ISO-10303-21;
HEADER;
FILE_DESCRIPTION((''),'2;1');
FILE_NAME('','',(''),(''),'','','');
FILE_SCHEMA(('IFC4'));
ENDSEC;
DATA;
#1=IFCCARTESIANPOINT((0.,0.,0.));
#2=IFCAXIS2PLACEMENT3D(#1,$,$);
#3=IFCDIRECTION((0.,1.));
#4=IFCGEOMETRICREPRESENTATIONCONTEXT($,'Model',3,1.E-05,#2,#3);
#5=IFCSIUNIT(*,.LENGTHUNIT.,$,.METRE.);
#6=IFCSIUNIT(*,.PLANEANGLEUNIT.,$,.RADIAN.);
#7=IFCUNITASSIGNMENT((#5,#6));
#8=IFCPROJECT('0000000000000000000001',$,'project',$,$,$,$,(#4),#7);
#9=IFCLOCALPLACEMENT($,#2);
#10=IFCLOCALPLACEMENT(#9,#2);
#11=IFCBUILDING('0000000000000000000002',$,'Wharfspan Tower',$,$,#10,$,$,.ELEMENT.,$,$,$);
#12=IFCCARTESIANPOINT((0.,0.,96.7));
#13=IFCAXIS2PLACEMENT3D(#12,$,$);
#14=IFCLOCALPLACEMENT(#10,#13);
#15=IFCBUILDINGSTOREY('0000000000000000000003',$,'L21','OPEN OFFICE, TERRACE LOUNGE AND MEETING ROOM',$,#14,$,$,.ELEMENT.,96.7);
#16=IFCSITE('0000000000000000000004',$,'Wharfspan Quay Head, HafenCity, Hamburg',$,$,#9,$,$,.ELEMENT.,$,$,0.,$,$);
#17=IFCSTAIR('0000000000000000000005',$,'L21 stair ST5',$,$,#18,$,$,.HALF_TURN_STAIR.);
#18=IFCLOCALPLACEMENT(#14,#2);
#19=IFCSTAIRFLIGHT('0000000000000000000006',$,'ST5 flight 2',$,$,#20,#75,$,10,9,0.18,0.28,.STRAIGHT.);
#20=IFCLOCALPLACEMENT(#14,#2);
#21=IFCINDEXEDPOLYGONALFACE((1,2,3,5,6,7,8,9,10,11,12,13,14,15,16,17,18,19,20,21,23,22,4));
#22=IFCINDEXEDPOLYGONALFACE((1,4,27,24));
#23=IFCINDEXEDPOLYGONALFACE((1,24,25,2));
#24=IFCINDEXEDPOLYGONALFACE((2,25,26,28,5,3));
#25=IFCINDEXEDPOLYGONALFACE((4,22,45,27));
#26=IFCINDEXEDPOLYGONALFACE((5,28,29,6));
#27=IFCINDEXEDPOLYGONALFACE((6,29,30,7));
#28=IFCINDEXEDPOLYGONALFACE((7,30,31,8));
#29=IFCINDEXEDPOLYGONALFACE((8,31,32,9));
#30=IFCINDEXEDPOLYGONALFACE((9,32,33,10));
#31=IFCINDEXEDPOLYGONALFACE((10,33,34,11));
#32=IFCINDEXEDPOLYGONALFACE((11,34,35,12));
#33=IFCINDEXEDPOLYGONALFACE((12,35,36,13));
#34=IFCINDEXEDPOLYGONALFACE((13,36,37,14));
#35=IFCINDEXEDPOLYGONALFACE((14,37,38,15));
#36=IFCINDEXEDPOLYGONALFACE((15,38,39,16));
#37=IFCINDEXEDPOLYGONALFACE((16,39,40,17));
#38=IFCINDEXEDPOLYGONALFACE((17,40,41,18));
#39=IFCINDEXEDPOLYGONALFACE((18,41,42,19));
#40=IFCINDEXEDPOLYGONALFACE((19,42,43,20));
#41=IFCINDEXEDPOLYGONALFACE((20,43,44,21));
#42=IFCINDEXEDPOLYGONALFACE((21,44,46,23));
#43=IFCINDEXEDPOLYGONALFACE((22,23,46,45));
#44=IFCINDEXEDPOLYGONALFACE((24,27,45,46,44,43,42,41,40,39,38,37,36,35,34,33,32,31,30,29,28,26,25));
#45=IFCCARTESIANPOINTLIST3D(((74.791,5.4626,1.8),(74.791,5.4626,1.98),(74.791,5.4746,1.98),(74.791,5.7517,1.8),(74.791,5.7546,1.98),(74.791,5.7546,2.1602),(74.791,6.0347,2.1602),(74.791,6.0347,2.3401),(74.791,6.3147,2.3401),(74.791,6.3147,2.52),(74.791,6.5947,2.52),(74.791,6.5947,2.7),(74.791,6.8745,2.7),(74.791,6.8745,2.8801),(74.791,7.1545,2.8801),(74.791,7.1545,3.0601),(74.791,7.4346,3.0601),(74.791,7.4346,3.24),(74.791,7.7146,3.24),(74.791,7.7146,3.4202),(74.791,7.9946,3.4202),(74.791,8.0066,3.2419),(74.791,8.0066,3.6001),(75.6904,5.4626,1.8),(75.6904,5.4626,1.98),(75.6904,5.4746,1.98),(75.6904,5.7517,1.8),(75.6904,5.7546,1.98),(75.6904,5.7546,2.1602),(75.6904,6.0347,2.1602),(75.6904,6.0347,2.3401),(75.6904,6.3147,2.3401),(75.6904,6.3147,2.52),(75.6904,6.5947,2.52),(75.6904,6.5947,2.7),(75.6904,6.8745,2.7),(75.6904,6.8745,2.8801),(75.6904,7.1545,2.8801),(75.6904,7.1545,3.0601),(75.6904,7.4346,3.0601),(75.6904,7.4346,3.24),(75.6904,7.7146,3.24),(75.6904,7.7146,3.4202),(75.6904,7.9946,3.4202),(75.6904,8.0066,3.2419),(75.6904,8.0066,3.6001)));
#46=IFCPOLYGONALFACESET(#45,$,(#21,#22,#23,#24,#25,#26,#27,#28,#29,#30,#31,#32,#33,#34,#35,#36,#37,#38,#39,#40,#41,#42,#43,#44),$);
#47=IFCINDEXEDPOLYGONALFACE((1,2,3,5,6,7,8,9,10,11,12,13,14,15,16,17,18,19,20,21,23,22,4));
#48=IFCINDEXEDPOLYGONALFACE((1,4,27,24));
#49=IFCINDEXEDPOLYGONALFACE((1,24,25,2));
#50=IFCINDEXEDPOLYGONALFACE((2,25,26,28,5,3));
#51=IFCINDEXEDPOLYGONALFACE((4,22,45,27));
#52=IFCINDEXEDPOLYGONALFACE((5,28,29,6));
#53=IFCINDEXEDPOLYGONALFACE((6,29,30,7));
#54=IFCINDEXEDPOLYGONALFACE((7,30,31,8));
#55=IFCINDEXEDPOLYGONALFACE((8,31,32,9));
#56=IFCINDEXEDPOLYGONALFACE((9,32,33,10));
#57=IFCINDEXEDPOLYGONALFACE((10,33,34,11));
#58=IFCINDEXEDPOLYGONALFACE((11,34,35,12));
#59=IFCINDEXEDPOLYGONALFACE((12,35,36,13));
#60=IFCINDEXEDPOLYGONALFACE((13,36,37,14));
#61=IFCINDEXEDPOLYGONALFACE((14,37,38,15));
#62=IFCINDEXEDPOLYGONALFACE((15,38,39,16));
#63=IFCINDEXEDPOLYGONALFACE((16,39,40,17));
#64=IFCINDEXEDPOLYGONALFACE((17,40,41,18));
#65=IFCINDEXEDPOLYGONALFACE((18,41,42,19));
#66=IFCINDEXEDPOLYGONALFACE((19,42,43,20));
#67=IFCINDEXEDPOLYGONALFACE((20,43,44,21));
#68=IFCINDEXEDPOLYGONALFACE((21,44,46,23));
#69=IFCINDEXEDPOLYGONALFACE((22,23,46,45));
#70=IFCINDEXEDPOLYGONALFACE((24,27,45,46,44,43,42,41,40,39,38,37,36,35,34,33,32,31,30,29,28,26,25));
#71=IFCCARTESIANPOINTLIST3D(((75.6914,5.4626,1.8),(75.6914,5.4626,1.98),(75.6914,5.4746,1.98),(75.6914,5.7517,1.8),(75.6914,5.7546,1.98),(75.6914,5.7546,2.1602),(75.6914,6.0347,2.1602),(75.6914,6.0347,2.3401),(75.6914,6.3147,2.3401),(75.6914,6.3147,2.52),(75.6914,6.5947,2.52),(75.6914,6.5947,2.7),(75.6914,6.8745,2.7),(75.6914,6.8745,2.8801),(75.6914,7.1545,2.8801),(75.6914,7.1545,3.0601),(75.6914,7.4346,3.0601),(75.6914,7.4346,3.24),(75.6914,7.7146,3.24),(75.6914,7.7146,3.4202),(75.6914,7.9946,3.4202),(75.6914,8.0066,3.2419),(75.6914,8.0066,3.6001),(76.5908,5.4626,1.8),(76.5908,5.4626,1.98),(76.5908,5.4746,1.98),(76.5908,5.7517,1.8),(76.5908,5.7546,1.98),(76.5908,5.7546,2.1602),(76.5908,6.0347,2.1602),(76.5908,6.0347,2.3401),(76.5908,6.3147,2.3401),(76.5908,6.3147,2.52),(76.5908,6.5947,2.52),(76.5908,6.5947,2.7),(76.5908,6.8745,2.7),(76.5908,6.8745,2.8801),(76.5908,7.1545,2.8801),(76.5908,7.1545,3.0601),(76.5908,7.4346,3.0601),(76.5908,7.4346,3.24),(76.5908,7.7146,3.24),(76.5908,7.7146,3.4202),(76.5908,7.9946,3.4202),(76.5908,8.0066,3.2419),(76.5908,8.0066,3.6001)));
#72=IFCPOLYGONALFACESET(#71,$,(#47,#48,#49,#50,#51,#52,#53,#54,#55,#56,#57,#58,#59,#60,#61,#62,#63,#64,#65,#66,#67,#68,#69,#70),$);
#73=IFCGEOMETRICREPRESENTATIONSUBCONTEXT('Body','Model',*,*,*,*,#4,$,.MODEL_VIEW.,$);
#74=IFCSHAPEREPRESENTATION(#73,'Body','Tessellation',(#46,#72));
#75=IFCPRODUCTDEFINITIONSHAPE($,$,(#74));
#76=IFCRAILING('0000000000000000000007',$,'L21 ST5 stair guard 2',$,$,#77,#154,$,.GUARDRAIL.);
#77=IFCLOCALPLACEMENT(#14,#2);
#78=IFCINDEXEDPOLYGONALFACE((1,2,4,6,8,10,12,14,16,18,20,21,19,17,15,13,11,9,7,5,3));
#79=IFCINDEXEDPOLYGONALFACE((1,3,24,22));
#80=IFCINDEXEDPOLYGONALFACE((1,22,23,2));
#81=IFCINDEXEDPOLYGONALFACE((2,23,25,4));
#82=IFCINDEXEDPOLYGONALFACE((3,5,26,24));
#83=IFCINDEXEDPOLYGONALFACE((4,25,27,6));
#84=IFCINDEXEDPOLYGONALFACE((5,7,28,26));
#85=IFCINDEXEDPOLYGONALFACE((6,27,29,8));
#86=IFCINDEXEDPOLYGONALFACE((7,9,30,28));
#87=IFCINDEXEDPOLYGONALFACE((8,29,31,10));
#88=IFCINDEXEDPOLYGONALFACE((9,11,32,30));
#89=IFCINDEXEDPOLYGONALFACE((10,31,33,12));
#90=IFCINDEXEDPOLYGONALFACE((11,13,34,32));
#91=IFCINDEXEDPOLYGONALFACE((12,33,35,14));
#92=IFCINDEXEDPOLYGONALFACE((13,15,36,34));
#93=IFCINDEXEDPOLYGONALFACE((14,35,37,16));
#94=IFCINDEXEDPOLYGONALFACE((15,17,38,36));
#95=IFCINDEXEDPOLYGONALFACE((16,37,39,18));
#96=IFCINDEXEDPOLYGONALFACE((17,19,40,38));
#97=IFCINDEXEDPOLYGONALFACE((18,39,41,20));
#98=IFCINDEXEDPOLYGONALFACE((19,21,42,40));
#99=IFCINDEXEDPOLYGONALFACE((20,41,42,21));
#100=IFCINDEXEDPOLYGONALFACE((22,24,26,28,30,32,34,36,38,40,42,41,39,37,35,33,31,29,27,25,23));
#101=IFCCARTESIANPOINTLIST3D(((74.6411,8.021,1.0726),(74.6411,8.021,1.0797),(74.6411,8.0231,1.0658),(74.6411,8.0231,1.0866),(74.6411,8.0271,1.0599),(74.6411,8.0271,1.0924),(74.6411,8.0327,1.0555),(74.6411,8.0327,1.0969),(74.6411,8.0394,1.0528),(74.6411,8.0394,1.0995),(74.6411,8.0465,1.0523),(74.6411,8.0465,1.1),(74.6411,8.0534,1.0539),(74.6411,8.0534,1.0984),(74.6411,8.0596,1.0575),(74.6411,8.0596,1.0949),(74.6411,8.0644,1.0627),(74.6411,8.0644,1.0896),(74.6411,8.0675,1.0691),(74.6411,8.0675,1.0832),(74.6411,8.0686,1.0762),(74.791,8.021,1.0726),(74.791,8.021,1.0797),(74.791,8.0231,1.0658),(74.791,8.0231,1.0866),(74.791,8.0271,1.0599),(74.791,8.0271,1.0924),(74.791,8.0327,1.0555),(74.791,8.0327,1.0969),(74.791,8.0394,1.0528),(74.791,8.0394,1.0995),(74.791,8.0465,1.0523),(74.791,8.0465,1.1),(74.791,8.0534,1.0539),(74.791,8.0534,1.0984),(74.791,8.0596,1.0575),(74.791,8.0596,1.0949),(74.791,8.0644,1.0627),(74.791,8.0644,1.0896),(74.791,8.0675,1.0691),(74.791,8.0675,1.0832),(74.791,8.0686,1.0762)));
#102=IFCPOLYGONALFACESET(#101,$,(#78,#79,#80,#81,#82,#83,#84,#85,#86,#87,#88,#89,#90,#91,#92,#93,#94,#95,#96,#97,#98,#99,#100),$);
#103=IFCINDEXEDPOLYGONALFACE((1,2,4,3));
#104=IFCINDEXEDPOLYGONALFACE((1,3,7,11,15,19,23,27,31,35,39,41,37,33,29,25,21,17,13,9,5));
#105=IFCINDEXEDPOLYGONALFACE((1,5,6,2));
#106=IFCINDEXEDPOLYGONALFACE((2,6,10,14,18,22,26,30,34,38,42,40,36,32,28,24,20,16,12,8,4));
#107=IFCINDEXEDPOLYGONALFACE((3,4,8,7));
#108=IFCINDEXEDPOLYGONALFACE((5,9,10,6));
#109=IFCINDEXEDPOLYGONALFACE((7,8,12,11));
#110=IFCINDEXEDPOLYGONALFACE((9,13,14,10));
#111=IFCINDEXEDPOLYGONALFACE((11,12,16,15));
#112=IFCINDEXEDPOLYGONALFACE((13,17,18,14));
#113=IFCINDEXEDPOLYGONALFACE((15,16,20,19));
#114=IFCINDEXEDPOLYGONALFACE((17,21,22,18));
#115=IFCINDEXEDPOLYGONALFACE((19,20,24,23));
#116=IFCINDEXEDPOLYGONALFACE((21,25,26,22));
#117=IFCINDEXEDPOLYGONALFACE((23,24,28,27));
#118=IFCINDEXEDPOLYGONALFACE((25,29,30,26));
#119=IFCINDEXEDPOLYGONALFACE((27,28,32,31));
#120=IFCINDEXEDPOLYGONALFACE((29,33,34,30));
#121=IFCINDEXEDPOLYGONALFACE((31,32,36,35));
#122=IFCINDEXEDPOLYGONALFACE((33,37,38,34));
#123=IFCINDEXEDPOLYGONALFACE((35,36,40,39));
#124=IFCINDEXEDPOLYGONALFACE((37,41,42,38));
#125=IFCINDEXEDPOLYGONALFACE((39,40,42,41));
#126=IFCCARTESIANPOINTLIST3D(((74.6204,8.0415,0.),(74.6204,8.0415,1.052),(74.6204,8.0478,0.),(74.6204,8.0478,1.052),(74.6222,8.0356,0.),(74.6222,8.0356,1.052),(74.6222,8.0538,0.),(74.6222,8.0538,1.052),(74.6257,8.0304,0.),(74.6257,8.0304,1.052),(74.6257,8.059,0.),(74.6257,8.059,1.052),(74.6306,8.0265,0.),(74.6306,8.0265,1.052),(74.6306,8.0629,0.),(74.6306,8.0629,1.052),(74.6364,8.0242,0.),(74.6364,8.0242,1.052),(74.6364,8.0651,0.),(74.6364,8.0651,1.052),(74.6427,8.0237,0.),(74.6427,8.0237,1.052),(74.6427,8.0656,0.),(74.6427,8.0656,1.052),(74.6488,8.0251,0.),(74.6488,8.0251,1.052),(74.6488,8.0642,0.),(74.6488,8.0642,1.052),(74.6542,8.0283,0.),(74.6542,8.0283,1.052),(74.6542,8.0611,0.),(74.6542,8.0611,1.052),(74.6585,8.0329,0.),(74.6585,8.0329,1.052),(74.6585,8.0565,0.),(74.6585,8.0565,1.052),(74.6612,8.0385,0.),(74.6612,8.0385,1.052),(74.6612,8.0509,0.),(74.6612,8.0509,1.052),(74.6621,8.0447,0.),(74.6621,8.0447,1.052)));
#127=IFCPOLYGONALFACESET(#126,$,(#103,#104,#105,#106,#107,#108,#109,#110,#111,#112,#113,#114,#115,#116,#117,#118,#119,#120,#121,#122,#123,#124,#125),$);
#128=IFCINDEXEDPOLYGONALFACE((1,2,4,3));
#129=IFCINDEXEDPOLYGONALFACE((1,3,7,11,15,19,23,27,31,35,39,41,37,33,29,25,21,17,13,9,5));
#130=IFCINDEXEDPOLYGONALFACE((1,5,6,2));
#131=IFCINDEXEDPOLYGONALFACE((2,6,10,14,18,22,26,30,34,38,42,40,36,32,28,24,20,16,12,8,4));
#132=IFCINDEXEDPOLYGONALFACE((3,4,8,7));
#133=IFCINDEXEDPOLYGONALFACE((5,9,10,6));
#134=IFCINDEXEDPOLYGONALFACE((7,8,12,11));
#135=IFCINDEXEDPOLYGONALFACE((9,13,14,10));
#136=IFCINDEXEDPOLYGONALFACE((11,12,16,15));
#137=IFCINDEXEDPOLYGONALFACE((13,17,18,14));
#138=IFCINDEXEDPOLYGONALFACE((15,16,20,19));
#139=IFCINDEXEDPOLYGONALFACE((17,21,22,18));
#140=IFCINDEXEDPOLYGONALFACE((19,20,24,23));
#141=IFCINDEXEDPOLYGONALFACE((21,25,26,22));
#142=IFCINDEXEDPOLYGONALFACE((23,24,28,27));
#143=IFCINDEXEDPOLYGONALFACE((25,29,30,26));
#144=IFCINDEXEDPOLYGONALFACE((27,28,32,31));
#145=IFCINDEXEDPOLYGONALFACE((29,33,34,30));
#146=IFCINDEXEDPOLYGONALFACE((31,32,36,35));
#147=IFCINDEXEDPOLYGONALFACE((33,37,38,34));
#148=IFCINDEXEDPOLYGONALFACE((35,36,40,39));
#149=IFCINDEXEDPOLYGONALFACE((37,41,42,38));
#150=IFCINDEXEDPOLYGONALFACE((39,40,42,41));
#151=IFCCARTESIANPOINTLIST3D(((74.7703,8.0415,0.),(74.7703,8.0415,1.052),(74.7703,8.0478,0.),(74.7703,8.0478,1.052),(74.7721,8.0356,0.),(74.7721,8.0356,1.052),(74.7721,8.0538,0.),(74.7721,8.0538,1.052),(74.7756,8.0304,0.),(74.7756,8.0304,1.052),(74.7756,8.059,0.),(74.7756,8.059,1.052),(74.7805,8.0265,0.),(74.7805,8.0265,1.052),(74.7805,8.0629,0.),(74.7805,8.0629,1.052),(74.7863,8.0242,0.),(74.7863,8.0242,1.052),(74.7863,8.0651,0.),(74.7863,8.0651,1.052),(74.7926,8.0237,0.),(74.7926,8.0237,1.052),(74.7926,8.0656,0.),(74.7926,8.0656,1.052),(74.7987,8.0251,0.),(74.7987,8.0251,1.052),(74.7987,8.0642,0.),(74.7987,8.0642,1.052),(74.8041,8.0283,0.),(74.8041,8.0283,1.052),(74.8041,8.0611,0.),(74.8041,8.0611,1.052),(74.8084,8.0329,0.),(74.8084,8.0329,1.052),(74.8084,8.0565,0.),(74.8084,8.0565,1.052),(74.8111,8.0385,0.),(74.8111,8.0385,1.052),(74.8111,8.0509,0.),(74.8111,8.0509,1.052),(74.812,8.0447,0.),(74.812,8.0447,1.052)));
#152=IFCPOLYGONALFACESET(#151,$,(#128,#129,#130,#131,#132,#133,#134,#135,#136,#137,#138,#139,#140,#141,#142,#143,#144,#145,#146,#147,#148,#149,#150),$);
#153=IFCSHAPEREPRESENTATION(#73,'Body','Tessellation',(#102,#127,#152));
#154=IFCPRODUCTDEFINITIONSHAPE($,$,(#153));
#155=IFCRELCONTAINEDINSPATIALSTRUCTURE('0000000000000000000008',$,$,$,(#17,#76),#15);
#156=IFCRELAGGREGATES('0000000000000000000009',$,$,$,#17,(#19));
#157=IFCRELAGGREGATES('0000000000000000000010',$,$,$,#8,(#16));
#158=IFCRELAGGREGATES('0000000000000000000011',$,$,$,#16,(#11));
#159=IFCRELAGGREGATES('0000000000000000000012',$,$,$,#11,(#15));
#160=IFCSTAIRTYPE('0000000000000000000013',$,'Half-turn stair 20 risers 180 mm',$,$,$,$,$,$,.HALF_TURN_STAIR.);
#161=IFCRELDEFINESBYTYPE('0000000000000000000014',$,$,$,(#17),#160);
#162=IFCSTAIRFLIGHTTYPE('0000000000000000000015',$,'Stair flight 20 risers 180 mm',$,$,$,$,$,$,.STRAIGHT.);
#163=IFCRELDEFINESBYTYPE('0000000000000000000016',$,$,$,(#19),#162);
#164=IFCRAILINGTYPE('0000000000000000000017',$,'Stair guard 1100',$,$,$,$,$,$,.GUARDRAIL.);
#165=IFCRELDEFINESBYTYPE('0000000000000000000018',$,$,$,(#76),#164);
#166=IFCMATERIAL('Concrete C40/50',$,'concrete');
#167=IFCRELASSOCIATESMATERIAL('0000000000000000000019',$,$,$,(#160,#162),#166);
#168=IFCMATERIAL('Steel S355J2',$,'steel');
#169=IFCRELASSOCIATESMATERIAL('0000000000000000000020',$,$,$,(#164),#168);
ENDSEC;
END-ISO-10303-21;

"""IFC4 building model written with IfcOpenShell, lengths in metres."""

from ifc_helpers import new_model, si_unit, direction, frame, origin, origin_2d, place, context, subcontext, project, spatial, polyline, circle, outline, extrude, material, type_object, element, aggregate, save


model = new_model("IFC4")

# Units and contexts
model_context = context("Model", 3, precision=1e-05, world=origin(), true_north=direction((0.0, 1.0)))
body_context = subcontext(model_context, "Body", "Model", "MODEL_VIEW")
ifc_project = project(units=[si_unit("LENGTHUNIT", "METRE"), si_unit("PLANEANGLEUNIT", "RADIAN")], contexts=[model_context])

# Site, building, storey
site_placement = place(None, origin())
site = spatial("IfcSite", under=ifc_project, at=site_placement, Name="Wharfspan Quay Head, HafenCity, Hamburg", CompositionType="ELEMENT", RefElevation=0.0)
building_placement = place(site_placement, origin())
building = spatial("IfcBuilding", under=site, at=building_placement, Name="Wharfspan Tower", CompositionType="ELEMENT")
storey_placement = place(building_placement, frame((0.0, 0.0, 96.7)))
storey = spatial("IfcBuildingStorey", under=building, at=storey_placement, Name="L21", Description="OPEN OFFICE, TERRACE LOUNGE AND MEETING ROOM", CompositionType="ELEMENT", Elevation=96.7)

# Shared definitions
ifc_material_1 = material(Name="Steel S355J2", Category="steel")

# Shared definitions
ifc_material_2 = material(Name="Concrete C40/50", Category="concrete")

# Stair, stair flight
stair_type = type_object("IfcStairType", Name="Half-turn stair 20 risers 180 mm", PredefinedType="HALF_TURN_STAIR", material=ifc_material_2)
stair_placement = place(storey_placement, origin())
stair = element("IfcStair", 1, at=stair_placement, inside=storey, type_object=stair_type, Name="L21 stair ST5", PredefinedType="HALF_TURN_STAIR")
stair_flight_type = type_object("IfcStairFlightType", Name="Stair flight 20 risers 180 mm", PredefinedType="STRAIGHT", material=ifc_material_2)
stair_flight_placement = place(storey_placement, frame((75.6909, 5.4746, 1.8), z_axis=(0.0, 0.0, 1.0), x_axis=(0.0, 1.0, 0.0)))
stair_flight = element("IfcStairFlight", 2, at=stair_flight_placement, type_object=stair_flight_type, Name="ST5 flight 2", NumberOfRisers=10, NumberOfTreads=9, PredefinedType="STRAIGHT", RiserHeight=0.18, TreadLength=0.28, context=body_context, shape_type="SweptSolid", body=[
    extrude(outline(polyline([(-0.012, 0.0), (-0.012, 0.1799), (0.0, 0.1799), (0.28, 0.1799), (0.28, 0.3601), (0.5601, 0.3601), (0.5601, 0.54), (0.8401, 0.54), (0.8401, 0.72), (1.1201, 0.72), (1.1201, 0.8999), (1.3999, 0.8999), (1.3999, 1.0801), (1.6799, 1.0801), (1.6799, 1.26), (1.96, 1.26), (1.96, 1.4399), (2.24, 1.4399), (2.24, 1.6201), (2.52, 1.6201), (2.532, 1.8), (2.532, 1.4419), (0.2771, 0.0), (-0.012, 0.0)])), frame((0.0, 0.8999, 0.0), z_axis=(0.0, -1.0, 0.0), x_axis=(1.0, 0.0, 0.0)), (0.0, 0.0, 1.0), 0.8994),
    extrude(outline(polyline([(-0.012, 0.0), (-0.012, 0.1799), (0.0, 0.1799), (0.28, 0.1799), (0.28, 0.3601), (0.5601, 0.3601), (0.5601, 0.54), (0.8401, 0.54), (0.8401, 0.72), (1.1201, 0.72), (1.1201, 0.8999), (1.3999, 0.8999), (1.3999, 1.0801), (1.6799, 1.0801), (1.6799, 1.26), (1.96, 1.26), (1.96, 1.4399), (2.24, 1.4399), (2.24, 1.6201), (2.52, 1.6201), (2.532, 1.8), (2.532, 1.4419), (0.2771, 0.0), (-0.012, 0.0)])), frame((0.0, -0.0005, 0.0), z_axis=(0.0, -1.0, 0.0), x_axis=(1.0, 0.0, 0.0)), (0.0, 0.0, 1.0), 0.8994),
])
aggregate(stair, [stair_flight])

# Railing
railing_type_1 = type_object("IfcRailingType", Name="Stair guard 1100", PredefinedType="GUARDRAIL", material=ifc_material_1)
railing_1_placement = place(storey_placement, frame((74.6411, 8.0447, 0.0)))
element("IfcRailing", 3, at=railing_1_placement, inside=storey, type_object=railing_type_1, Name="L21 ST5 stair guard 2", PredefinedType="GUARDRAIL", context=body_context, shape_type="SweptSolid", body=[
    extrude(circle(Radius=0.0239, at=origin_2d()), frame((0.0, 0.0, 1.0762), z_axis=(1.0, 0.0, 0.0), x_axis=(0.0, 1.0, 0.0)), (0.0, 0.0, 1.0), 0.1499),
    extrude(circle(Radius=0.021, at=origin_2d()), origin(), (0.0, 0.0, 1.0), 1.052),
    extrude(circle(Radius=0.021, at=origin_2d()), frame((0.1499, 0.0, 0.0)), (0.0, 0.0, 1.0), 1.052),
])

save(model, "model.ifc")
